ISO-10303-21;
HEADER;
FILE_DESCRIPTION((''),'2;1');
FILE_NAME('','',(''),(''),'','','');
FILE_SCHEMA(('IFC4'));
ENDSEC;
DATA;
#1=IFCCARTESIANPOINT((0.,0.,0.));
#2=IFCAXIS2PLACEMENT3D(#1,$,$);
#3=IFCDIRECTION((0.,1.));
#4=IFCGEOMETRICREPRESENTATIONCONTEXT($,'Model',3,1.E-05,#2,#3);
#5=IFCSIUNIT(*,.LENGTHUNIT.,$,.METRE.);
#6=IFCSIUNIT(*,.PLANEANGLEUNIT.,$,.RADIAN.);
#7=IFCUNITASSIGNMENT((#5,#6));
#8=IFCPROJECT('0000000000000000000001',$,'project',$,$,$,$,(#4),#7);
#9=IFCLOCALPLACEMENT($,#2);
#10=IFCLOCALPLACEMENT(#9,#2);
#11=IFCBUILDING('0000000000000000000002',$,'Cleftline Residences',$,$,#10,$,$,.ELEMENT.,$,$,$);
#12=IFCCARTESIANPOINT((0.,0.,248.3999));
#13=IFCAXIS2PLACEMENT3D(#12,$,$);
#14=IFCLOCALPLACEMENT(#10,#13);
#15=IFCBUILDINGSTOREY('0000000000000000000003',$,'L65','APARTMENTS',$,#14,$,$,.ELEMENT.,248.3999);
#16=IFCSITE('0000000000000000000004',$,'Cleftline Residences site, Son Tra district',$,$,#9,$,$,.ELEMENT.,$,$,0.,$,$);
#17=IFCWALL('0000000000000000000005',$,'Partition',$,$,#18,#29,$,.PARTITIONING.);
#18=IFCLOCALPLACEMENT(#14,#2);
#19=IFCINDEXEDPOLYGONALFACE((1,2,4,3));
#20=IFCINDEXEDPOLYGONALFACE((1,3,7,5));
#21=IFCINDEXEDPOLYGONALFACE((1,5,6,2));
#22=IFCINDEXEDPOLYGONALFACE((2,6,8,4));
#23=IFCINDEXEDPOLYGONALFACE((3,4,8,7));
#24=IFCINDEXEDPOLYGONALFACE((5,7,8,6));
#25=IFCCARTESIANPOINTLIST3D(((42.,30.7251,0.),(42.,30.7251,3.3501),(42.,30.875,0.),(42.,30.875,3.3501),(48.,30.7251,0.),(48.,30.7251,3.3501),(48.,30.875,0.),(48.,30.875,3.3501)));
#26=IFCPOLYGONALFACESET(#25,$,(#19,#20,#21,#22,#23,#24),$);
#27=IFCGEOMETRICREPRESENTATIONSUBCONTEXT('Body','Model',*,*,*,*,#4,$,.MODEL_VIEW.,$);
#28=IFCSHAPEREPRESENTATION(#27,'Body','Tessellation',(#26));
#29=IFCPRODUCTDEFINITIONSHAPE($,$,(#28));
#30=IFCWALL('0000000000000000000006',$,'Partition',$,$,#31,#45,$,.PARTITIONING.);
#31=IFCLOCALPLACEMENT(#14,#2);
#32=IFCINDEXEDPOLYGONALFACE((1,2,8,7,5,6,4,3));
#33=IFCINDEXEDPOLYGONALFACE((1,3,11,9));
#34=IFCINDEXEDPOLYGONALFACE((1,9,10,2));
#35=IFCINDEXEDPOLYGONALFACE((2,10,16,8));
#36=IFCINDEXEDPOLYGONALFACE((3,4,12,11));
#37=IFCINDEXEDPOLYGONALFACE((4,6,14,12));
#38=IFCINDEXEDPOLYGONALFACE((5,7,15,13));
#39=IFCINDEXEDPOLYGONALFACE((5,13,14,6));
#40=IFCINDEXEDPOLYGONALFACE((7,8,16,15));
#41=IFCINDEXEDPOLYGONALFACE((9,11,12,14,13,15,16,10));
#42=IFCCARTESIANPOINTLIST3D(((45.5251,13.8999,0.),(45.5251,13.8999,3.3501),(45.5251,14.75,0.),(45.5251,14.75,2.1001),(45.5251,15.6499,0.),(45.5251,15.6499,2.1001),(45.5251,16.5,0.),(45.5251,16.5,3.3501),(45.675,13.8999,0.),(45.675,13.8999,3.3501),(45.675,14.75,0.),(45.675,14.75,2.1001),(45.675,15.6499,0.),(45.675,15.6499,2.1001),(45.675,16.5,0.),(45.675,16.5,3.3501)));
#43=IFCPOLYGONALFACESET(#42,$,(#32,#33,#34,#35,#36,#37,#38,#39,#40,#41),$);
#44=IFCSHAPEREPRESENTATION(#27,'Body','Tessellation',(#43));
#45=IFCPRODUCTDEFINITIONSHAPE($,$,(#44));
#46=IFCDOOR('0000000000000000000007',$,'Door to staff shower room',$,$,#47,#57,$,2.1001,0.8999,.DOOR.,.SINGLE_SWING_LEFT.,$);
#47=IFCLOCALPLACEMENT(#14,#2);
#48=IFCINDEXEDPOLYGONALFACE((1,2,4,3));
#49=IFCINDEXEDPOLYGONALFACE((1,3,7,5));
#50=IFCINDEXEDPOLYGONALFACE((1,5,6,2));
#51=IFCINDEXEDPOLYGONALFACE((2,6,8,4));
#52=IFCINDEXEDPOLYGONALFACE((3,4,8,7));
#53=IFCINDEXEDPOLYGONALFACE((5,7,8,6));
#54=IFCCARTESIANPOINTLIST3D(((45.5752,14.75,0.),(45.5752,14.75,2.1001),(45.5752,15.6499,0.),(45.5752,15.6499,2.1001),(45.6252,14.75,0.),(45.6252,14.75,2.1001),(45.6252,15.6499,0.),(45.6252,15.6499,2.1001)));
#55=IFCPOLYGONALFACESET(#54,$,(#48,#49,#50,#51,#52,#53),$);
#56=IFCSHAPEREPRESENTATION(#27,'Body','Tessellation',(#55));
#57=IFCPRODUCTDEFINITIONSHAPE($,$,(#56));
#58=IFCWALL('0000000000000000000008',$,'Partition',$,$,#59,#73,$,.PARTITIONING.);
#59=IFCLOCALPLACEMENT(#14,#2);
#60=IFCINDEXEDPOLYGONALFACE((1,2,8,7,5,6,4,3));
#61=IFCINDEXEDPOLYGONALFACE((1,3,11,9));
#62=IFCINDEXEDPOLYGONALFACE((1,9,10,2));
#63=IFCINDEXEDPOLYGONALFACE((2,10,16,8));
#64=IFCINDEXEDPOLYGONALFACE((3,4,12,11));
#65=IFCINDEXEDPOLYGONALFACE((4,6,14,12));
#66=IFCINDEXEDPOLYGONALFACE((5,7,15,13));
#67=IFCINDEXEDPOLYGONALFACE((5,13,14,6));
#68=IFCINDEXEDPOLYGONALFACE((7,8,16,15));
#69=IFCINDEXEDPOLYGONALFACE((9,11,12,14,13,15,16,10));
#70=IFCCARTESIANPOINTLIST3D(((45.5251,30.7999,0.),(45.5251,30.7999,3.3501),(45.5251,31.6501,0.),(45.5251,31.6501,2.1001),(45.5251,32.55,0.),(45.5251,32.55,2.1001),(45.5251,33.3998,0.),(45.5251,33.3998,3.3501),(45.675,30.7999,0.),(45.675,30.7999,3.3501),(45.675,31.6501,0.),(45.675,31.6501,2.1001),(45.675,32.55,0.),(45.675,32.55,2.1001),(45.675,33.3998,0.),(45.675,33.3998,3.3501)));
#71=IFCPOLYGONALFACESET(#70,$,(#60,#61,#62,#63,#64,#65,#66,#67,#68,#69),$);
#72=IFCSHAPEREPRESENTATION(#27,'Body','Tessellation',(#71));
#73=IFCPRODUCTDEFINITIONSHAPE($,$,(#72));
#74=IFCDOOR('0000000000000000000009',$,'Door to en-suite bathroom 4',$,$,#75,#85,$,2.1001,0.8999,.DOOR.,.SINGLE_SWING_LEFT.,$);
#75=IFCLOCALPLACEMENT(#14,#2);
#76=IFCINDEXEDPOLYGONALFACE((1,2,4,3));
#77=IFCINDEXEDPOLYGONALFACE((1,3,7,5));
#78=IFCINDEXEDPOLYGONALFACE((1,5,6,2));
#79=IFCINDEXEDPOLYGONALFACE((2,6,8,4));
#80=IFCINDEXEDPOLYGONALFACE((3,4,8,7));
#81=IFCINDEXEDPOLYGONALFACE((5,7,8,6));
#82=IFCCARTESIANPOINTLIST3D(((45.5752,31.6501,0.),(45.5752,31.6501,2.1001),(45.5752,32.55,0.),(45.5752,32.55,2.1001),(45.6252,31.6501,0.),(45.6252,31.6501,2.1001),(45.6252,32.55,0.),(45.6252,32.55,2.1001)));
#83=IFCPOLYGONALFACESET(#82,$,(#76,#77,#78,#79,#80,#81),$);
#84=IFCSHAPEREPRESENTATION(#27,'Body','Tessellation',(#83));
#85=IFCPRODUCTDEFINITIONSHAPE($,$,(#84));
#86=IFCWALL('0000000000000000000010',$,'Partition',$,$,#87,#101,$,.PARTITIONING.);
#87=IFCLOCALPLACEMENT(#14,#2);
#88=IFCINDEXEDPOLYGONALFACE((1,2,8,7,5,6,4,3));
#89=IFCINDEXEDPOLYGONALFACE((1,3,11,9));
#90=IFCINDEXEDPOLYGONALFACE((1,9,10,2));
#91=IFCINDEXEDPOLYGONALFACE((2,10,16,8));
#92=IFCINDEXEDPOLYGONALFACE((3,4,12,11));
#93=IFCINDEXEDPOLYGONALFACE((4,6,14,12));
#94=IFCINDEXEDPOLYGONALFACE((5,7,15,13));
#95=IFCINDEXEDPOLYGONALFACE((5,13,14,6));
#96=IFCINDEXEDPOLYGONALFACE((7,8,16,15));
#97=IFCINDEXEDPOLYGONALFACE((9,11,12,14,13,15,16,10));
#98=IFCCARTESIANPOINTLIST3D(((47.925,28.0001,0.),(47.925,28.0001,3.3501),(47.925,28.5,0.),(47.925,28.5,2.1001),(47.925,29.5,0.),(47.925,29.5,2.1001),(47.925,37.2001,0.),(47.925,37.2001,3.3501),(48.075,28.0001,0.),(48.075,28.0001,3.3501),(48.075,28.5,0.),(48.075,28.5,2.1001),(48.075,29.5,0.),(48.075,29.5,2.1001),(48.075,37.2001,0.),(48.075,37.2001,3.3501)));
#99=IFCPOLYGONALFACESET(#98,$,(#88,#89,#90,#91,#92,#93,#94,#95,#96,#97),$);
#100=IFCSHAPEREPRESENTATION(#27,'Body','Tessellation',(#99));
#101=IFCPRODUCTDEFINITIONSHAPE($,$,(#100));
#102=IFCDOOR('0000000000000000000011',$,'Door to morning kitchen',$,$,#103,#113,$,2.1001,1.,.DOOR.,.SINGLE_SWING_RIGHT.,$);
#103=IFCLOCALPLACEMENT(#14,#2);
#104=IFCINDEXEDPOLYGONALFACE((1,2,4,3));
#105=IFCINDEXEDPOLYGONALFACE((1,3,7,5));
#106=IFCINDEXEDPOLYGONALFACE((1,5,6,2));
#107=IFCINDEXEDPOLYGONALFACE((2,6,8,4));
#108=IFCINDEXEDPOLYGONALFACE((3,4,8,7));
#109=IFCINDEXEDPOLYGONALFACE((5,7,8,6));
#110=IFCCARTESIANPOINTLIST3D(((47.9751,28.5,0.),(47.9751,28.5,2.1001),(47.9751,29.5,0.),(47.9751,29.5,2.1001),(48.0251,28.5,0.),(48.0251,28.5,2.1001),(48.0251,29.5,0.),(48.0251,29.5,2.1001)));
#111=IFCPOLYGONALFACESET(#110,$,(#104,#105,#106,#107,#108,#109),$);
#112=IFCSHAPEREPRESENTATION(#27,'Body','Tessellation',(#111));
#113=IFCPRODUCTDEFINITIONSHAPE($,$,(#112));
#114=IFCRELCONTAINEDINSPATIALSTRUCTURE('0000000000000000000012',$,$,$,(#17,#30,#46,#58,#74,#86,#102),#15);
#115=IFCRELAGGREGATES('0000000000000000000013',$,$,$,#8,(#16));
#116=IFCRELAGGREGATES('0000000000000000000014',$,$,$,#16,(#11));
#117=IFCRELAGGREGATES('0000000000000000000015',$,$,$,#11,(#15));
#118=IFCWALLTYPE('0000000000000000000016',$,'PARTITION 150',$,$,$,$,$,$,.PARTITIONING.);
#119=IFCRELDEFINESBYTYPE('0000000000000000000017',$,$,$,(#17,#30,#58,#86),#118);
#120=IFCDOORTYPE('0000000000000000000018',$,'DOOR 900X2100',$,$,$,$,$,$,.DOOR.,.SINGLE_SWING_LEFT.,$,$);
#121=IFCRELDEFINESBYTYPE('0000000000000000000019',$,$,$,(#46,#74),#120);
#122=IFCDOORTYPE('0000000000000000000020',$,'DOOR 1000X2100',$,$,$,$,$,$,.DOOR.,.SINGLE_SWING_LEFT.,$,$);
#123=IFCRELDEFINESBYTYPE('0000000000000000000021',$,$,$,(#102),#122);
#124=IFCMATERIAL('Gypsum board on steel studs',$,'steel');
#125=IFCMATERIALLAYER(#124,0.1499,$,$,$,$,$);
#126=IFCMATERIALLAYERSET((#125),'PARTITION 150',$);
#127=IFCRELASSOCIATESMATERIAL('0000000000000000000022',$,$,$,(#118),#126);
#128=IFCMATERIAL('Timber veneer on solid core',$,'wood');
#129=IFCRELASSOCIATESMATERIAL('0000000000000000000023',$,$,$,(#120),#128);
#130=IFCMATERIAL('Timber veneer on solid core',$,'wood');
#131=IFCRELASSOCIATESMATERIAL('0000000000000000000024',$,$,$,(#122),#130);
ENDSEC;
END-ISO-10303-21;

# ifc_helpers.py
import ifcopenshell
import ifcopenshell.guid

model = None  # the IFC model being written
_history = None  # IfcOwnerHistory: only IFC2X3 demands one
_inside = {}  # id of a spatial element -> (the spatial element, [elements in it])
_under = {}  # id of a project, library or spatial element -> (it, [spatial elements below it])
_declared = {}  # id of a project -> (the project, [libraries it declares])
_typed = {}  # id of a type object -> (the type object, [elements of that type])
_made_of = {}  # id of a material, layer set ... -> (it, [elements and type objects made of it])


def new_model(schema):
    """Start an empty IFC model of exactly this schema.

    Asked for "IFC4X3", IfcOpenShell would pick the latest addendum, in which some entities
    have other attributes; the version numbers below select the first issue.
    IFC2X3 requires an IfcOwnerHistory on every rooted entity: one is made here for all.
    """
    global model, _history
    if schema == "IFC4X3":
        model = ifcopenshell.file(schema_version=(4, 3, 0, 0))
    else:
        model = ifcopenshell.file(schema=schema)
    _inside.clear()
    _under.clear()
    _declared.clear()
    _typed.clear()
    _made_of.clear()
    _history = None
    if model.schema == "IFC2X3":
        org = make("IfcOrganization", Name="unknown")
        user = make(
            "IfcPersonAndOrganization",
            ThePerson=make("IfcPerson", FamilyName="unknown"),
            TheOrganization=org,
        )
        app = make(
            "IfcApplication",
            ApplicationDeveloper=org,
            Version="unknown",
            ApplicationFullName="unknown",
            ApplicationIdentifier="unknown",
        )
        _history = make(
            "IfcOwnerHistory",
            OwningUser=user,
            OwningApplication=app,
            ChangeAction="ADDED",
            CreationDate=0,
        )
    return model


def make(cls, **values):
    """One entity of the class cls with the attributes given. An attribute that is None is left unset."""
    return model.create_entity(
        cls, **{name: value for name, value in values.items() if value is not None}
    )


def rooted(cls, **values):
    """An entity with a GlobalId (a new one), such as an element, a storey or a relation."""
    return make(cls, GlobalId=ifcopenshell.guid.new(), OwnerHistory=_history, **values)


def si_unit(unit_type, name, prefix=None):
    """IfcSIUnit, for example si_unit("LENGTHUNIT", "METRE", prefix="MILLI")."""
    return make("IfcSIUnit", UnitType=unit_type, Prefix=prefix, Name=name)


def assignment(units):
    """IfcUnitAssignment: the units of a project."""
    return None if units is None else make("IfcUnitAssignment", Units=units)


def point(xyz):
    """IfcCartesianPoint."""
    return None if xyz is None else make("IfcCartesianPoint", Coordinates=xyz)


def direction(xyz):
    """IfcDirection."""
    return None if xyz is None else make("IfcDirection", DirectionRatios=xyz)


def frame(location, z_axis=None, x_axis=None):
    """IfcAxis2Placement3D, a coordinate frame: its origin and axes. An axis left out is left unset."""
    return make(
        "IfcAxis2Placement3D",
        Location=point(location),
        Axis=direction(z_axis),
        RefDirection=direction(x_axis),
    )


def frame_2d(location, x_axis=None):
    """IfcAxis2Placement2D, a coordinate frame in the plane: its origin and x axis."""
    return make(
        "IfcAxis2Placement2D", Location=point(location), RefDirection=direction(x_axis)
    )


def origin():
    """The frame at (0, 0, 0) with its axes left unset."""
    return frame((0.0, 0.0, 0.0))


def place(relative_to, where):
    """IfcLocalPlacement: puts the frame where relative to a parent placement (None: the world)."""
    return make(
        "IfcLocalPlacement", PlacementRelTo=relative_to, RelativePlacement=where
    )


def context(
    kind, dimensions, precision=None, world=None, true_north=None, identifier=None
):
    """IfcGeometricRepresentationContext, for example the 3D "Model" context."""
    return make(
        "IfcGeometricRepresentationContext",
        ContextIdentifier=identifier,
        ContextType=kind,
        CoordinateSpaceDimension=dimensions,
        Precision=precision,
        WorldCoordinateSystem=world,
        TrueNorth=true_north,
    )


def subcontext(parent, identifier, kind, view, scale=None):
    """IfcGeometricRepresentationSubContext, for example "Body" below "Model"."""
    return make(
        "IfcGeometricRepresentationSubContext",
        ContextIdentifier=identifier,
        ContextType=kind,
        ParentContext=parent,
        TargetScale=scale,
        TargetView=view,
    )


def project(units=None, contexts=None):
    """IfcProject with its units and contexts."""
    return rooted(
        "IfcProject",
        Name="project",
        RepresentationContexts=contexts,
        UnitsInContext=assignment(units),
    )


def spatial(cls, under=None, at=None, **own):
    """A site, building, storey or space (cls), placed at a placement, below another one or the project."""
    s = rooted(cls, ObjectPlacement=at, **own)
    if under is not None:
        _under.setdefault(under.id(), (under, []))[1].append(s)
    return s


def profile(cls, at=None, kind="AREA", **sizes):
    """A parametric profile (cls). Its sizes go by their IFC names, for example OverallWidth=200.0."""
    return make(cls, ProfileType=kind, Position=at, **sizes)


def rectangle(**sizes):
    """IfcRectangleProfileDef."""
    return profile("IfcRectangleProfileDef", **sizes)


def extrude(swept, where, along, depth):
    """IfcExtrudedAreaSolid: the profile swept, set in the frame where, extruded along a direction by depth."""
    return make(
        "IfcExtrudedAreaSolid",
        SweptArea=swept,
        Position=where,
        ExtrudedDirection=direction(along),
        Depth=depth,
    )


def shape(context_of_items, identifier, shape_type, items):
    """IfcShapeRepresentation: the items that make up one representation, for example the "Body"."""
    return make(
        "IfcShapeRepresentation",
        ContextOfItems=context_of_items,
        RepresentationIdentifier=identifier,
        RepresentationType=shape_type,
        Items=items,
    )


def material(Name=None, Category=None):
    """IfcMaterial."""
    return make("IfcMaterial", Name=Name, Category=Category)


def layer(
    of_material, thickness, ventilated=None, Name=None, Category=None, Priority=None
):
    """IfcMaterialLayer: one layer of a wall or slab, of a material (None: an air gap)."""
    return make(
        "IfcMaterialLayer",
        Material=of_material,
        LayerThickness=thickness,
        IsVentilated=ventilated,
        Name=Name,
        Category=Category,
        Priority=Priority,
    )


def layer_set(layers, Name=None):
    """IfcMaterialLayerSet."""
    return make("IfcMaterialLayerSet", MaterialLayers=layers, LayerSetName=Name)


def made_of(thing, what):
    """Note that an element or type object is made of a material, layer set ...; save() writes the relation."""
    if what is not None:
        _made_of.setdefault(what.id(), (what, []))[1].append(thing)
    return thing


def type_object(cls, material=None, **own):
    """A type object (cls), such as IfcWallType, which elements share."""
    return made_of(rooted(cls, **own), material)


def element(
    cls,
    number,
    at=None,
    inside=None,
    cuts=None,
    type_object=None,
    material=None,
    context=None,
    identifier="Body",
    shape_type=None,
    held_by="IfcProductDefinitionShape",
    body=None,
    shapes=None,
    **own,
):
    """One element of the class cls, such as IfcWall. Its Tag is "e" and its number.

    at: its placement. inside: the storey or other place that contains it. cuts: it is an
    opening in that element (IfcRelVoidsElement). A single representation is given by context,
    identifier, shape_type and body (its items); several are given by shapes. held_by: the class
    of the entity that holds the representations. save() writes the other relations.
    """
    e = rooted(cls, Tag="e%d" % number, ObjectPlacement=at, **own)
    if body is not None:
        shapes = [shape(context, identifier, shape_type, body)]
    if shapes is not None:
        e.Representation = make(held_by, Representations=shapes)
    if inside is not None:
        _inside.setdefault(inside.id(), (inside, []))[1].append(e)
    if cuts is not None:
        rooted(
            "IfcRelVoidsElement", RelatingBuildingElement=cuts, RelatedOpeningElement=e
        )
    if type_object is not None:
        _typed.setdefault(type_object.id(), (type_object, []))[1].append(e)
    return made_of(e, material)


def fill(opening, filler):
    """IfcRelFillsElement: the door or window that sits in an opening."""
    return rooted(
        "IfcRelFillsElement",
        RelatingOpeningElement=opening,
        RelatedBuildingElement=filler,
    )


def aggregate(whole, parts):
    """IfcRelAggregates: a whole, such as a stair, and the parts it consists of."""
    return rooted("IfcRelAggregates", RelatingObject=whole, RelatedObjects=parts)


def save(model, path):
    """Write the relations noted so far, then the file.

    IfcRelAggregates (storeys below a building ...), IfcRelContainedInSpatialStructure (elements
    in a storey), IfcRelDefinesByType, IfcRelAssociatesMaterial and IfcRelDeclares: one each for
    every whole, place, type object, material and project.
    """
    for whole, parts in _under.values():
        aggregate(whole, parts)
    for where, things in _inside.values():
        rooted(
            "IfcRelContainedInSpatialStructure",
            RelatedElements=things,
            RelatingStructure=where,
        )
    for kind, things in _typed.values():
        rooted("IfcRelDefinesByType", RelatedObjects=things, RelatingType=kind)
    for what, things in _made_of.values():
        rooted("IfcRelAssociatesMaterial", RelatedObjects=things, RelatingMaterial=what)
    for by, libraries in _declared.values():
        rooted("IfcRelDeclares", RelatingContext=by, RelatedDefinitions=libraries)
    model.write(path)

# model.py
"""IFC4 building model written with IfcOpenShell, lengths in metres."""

from ifc_helpers import new_model, si_unit, direction, frame, frame_2d, origin, place, context, subcontext, project, spatial, rectangle, extrude, material, layer, layer_set, type_object, element, fill, save


model = new_model("IFC4")

# Units and contexts
model_context = context("Model", 3, precision=1e-05, world=origin(), true_north=direction((0.0, 1.0)))
body_context = subcontext(model_context, "Body", "Model", "MODEL_VIEW")
ifc_project = project(units=[si_unit("LENGTHUNIT", "METRE"), si_unit("PLANEANGLEUNIT", "RADIAN")], contexts=[model_context])

# Site, building, storey
site_placement = place(None, origin())
site = spatial("IfcSite", under=ifc_project, at=site_placement, Name="Cleftline Residences site, Son Tra district", CompositionType="ELEMENT", RefElevation=0.0)
building_placement = place(site_placement, origin())
building = spatial("IfcBuilding", under=site, at=building_placement, Name="Cleftline Residences", CompositionType="ELEMENT")
storey_placement = place(building_placement, frame((0.0, 0.0, 248.3999)))
storey = spatial("IfcBuildingStorey", under=building, at=storey_placement, Name="L65", Description="APARTMENTS", CompositionType="ELEMENT", Elevation=248.3999)

# Wall
ifc_material_1 = material(Name="Gypsum board on steel studs", Category="steel")
ifc_layer_1 = layer(ifc_material_1, 0.1499)
ifc_layer_set_1 = layer_set([ifc_layer_1], Name="PARTITION 150")
wall_type_1 = type_object("IfcWallType", Name="PARTITION 150", PredefinedType="PARTITIONING", material=ifc_layer_set_1)
for number, where, z_axis, x_axis, name in (
    (1, (42.0, 30.8, 0.0), (0.0, 0.0, 1.0), (1.0, 0.0, 0.0), "Partition"),
):
    element("IfcWall", number, at=place(storey_placement, frame(where, z_axis=z_axis, x_axis=x_axis)), inside=storey, type_object=wall_type_1, Name=name, PredefinedType="PARTITIONING", context=body_context, shape_type="SweptSolid", body=[
        extrude(rectangle(XDim=6.0, YDim=0.1499, at=frame_2d((3.0, 0.0))), origin(), (0.0, 0.0, 1.0), 3.3501),
    ])

# Walls, openings, doors
wall_1_placement = place(storey_placement, frame((45.6001, 13.8999, 0.0), z_axis=(0.0, 0.0, 1.0), x_axis=(0.0, 1.0, 0.0)))
wall_1 = element("IfcWall", 2, at=wall_1_placement, inside=storey, type_object=wall_type_1, Name="Partition", PredefinedType="PARTITIONING", context=body_context, shape_type="SweptSolid", body=[
    extrude(rectangle(XDim=2.6001, YDim=0.1499, at=frame_2d((1.3, 0.0))), origin(), (0.0, 0.0, 1.0), 3.3501),
])
opening_1_placement = place(wall_1_placement, frame((0.8501, 0.0, 0.0)))
opening_1 = element("IfcOpeningElement", 3, at=opening_1_placement, cuts=wall_1, PredefinedType="OPENING", context=body_context, shape_type="SweptSolid", body=[
    extrude(rectangle(XDim=0.8999, YDim=2.1001, at=frame_2d((0.45, 1.05))), frame((0.0, 0.085, 0.0), z_axis=(0.0, -1.0, 0.0), x_axis=(1.0, 0.0, 0.0)), (0.0, 0.0, 1.0), 0.1699),
])
ifc_material_2 = material(Name="Timber veneer on solid core", Category="wood")
door_type_1 = type_object("IfcDoorType", Name="DOOR 900X2100", OperationType="SINGLE_SWING_LEFT", PredefinedType="DOOR", material=ifc_material_2)
door_1_placement = place(opening_1_placement, origin())
door_1 = element("IfcDoor", 4, at=door_1_placement, inside=storey, type_object=door_type_1, Name="Door to staff shower room", OperationType="SINGLE_SWING_LEFT", OverallHeight=2.1001, OverallWidth=0.8999, PredefinedType="DOOR", context=body_context, shape_type="SweptSolid", body=[
    extrude(rectangle(XDim=0.8999, YDim=2.1001, at=frame_2d((0.45, 1.05))), frame((0.0, 0.0249, 0.0), z_axis=(0.0, -1.0, 0.0), x_axis=(1.0, 0.0, 0.0)), (0.0, 0.0, 1.0), 0.05),
])
fill(opening_1, door_1)
wall_2_placement = place(storey_placement, frame((45.6001, 30.8, 0.0), z_axis=(0.0, 0.0, 1.0), x_axis=(0.0, 1.0, 0.0)))
wall_2 = element("IfcWall", 5, at=wall_2_placement, inside=storey, type_object=wall_type_1, Name="Partition", PredefinedType="PARTITIONING", context=body_context, shape_type="SweptSolid", body=[
    extrude(rectangle(XDim=2.5999, YDim=0.1499, at=frame_2d((1.2998, 0.0))), origin(), (0.0, 0.0, 1.0), 3.3501),
])
opening_2_placement = place(wall_2_placement, frame((0.8501, 0.0, 0.0)))
opening_2 = element("IfcOpeningElement", 6, at=opening_2_placement, cuts=wall_2, PredefinedType="OPENING", context=body_context, shape_type="SweptSolid", body=[
    extrude(rectangle(XDim=0.8999, YDim=2.1001, at=frame_2d((0.45, 1.05))), frame((0.0, 0.085, 0.0), z_axis=(0.0, -1.0, 0.0), x_axis=(1.0, 0.0, 0.0)), (0.0, 0.0, 1.0), 0.1699),
])
door_2_placement = place(opening_2_placement, origin())
door_2 = element("IfcDoor", 7, at=door_2_placement, inside=storey, type_object=door_type_1, Name="Door to en-suite bathroom 4", OperationType="SINGLE_SWING_LEFT", OverallHeight=2.1001, OverallWidth=0.8999, PredefinedType="DOOR", context=body_context, shape_type="SweptSolid", body=[
    extrude(rectangle(XDim=0.8999, YDim=2.1001, at=frame_2d((0.45, 1.05))), frame((0.0, 0.0249, 0.0), z_axis=(0.0, -1.0, 0.0), x_axis=(1.0, 0.0, 0.0)), (0.0, 0.0, 1.0), 0.05),
])
fill(opening_2, door_2)
wall_3_placement = place(storey_placement, frame((48.0, 28.0, 0.0), z_axis=(0.0, 0.0, 1.0), x_axis=(0.0, 1.0, 0.0)))
wall_3 = element("IfcWall", 8, at=wall_3_placement, inside=storey, type_object=wall_type_1, Name="Partition", PredefinedType="PARTITIONING", context=body_context, shape_type="SweptSolid", body=[
    extrude(rectangle(XDim=9.2, YDim=0.1499, at=frame_2d((4.6001, 0.0))), origin(), (0.0, 0.0, 1.0), 3.3501),
])
opening_3_placement = place(wall_3_placement, frame((0.5, 0.0, 0.0)))
opening_3 = element("IfcOpeningElement", 9, at=opening_3_placement, cuts=wall_3, PredefinedType="OPENING", context=body_context, shape_type="SweptSolid", body=[
    extrude(rectangle(XDim=1.0, YDim=2.1001, at=frame_2d((0.5, 1.05))), frame((0.0, 0.085, 0.0), z_axis=(0.0, -1.0, 0.0), x_axis=(1.0, 0.0, 0.0)), (0.0, 0.0, 1.0), 0.1699),
])
ifc_material_3 = material(Name="Timber veneer on solid core", Category="wood")
door_type_2 = type_object("IfcDoorType", Name="DOOR 1000X2100", OperationType="SINGLE_SWING_LEFT", PredefinedType="DOOR", material=ifc_material_3)
door_3_placement = place(opening_3_placement, origin())
door_3 = element("IfcDoor", 10, at=door_3_placement, inside=storey, type_object=door_type_2, Name="Door to morning kitchen", OperationType="SINGLE_SWING_RIGHT", OverallHeight=2.1001, OverallWidth=1.0, PredefinedType="DOOR", context=body_context, shape_type="SweptSolid", body=[
    extrude(rectangle(XDim=1.0, YDim=2.1001, at=frame_2d((0.5, 1.05))), frame((0.0, 0.0249, 0.0), z_axis=(0.0, -1.0, 0.0), x_axis=(1.0, 0.0, 0.0)), (0.0, 0.0, 1.0), 0.05),
])
fill(opening_3, door_3)

save(model, "model.ifc")
